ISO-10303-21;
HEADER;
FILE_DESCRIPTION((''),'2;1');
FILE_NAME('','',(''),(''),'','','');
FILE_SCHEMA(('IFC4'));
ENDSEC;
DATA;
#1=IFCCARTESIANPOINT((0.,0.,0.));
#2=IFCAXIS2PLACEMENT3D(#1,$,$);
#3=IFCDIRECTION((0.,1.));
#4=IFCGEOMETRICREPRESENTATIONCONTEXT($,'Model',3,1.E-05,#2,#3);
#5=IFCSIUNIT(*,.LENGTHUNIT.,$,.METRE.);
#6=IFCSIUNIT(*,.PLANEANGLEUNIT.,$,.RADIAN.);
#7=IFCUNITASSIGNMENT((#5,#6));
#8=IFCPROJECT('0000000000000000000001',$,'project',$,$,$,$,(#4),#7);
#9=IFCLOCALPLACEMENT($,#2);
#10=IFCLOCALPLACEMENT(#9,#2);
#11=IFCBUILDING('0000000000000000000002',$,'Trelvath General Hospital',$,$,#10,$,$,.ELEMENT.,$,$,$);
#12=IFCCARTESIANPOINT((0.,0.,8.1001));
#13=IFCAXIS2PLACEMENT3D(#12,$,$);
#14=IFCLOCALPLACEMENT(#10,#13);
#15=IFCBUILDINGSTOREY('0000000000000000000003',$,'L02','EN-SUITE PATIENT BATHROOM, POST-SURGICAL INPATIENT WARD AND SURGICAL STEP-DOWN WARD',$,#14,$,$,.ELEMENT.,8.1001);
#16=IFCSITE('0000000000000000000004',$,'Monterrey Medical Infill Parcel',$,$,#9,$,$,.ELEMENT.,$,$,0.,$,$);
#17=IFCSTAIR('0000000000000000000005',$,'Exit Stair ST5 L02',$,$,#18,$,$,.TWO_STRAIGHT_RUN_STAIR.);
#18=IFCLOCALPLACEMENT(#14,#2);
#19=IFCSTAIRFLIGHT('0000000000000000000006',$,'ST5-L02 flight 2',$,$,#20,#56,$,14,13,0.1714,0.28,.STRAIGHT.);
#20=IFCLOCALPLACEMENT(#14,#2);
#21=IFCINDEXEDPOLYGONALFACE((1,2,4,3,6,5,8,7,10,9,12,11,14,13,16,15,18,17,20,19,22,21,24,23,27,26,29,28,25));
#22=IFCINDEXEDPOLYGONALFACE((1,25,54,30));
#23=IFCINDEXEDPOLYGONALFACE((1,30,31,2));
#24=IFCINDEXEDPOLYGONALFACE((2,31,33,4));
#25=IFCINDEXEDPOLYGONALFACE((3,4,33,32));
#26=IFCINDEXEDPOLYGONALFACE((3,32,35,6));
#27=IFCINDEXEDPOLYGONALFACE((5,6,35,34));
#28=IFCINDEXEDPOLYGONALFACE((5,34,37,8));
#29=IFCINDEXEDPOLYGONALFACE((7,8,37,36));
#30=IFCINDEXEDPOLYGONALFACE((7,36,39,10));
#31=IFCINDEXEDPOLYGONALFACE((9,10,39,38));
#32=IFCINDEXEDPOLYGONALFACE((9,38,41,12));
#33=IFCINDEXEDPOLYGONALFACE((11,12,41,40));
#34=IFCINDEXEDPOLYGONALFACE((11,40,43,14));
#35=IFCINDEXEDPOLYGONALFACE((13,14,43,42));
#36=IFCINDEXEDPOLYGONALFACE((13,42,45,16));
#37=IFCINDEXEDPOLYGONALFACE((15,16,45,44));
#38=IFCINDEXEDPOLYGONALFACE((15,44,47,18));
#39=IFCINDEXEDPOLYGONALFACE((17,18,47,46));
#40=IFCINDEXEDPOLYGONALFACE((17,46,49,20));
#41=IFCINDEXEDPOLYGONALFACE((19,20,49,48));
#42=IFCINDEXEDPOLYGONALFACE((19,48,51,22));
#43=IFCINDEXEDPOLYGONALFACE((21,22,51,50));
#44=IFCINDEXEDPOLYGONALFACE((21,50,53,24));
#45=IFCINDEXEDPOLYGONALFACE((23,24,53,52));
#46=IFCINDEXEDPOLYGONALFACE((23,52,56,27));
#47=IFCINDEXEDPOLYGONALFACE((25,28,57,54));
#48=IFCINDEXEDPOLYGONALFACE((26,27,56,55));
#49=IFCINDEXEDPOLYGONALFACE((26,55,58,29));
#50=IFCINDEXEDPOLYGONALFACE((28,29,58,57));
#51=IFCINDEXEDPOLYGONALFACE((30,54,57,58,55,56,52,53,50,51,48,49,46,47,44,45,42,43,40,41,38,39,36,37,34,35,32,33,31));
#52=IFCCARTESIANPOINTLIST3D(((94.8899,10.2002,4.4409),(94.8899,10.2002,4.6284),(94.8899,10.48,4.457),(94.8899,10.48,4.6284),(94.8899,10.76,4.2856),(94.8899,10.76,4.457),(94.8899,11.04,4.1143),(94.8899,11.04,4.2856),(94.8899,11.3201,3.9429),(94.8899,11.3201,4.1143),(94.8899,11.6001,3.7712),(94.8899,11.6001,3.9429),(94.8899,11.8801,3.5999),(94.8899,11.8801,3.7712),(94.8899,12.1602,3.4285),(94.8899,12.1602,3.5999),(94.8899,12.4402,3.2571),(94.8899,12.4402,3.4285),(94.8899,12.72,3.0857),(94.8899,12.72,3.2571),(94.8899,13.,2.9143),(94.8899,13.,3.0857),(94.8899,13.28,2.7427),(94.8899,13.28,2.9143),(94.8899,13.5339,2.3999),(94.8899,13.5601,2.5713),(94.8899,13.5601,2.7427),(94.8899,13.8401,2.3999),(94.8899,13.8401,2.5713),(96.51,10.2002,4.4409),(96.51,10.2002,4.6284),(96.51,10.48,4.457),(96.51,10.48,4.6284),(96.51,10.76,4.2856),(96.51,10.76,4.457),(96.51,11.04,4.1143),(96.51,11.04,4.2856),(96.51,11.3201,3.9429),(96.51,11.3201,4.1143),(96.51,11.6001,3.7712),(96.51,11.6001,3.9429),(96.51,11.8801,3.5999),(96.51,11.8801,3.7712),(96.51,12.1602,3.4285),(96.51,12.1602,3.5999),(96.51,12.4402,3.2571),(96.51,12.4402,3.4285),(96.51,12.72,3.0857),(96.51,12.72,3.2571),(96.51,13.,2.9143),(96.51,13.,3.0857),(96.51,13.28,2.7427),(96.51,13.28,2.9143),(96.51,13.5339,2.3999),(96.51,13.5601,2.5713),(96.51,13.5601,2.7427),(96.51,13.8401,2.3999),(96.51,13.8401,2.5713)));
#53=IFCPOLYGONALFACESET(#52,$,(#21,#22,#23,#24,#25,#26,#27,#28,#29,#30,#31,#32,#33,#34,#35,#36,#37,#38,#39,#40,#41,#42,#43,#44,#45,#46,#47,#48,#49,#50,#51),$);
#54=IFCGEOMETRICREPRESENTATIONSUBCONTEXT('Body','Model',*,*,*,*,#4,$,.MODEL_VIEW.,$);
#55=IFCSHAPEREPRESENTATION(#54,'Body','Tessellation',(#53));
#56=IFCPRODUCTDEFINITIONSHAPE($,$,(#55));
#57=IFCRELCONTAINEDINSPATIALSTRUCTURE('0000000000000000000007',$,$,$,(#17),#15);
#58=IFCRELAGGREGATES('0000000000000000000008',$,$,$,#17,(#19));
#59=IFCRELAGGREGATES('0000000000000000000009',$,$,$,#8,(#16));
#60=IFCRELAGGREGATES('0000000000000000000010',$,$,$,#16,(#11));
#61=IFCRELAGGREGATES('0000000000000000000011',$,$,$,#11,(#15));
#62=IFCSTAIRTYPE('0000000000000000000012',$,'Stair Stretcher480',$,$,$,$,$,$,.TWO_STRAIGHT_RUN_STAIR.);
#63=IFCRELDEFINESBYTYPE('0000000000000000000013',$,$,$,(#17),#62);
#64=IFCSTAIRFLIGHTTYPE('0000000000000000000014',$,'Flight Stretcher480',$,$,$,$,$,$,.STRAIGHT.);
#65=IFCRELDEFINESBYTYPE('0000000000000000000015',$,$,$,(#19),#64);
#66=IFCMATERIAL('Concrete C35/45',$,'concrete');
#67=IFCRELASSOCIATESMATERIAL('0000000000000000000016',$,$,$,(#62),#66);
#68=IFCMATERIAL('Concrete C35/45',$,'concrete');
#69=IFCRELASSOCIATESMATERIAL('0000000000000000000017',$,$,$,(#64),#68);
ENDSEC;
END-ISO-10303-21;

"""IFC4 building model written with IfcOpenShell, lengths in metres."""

from ifc_helpers import new_model, si_unit, direction, frame, origin, place, context, subcontext, project, spatial, polyline, outline, extrude, material, type_object, element, aggregate, save


model = new_model("IFC4")

# Units and contexts
model_context = context("Model", 3, precision=1e-05, world=origin(), true_north=direction((0.0, 1.0)))
body_context = subcontext(model_context, "Body", "Model", "MODEL_VIEW")
ifc_project = project(units=[si_unit("LENGTHUNIT", "METRE"), si_unit("PLANEANGLEUNIT", "RADIAN")], contexts=[model_context])

# Site, building, storey
site_placement = place(None, origin())
site = spatial("IfcSite", under=ifc_project, at=site_placement, Name="Monterrey Medical Infill Parcel", CompositionType="ELEMENT", RefElevation=0.0)
building_placement = place(site_placement, origin())
building = spatial("IfcBuilding", under=site, at=building_placement, Name="Trelvath General Hospital", CompositionType="ELEMENT")
storey_placement = place(building_placement, frame((0.0, 0.0, 8.1001)))
storey = spatial("IfcBuildingStorey", under=building, at=storey_placement, Name="L02", Description="EN-SUITE PATIENT BATHROOM, POST-SURGICAL INPATIENT WARD AND SURGICAL STEP-DOWN WARD", CompositionType="ELEMENT", Elevation=8.1001)

# Stair, stair flight
ifc_material_1 = material(Name="Concrete C35/45", Category="concrete")
stair_type = type_object("IfcStairType", Name="Stair Stretcher480", PredefinedType="TWO_STRAIGHT_RUN_STAIR", material=ifc_material_1)
stair_placement = place(storey_placement, origin())
stair = element("IfcStair", 1, at=stair_placement, inside=storey, type_object=stair_type, Name="Exit Stair ST5 L02", PredefinedType="TWO_STRAIGHT_RUN_STAIR")
ifc_material_2 = material(Name="Concrete C35/45", Category="concrete")
stair_flight_type = type_object("IfcStairFlightType", Name="Flight Stretcher480", PredefinedType="STRAIGHT", material=ifc_material_2)
stair_flight_placement = place(storey_placement, frame((95.7, 13.8401, 2.3999), z_axis=(0.0, 0.0, 1.0), x_axis=(0.0, -1.0, 0.0)))
stair_flight = element("IfcStairFlight", 2, at=stair_flight_placement, type_object=stair_flight_type, Name="ST5-L02 flight 2", NumberOfRisers=14, NumberOfTreads=13, PredefinedType="STRAIGHT", RiserHeight=0.1714, TreadLength=0.28, context=body_context, shape_type="SweptSolid", body=[
    extrude(outline(polyline([(0.0, 0.0), (0.0, 0.1714), (0.28, 0.1714), (0.28, 0.3428), (0.5601, 0.3428), (0.5601, 0.5144), (0.8401, 0.5144), (0.8401, 0.6858), (1.1201, 0.6858), (1.1201, 0.8572), (1.3999, 0.8572), (1.3999, 1.0286), (1.6799, 1.0286), (1.6799, 1.2), (1.96, 1.2), (1.96, 1.3713), (2.24, 1.3713), (2.24, 1.543), (2.52, 1.543), (2.52, 1.7144), (2.8, 1.7144), (2.8, 1.8857), (3.0801, 1.8857), (3.0801, 2.0571), (3.3601, 2.0571), (3.3601, 2.2285), (3.6399, 2.2285), (3.6399, 2.3999), (3.6399, 2.041), (0.3062, 0.0), (0.0, 0.0)])), frame((0.0, 0.8101, 0.0), z_axis=(0.0, -1.0, 0.0), x_axis=(1.0, 0.0, 0.0)), (0.0, 0.0, 1.0), 1.6201),
])
aggregate(stair, [stair_flight])

save(model, "model.ifc")
